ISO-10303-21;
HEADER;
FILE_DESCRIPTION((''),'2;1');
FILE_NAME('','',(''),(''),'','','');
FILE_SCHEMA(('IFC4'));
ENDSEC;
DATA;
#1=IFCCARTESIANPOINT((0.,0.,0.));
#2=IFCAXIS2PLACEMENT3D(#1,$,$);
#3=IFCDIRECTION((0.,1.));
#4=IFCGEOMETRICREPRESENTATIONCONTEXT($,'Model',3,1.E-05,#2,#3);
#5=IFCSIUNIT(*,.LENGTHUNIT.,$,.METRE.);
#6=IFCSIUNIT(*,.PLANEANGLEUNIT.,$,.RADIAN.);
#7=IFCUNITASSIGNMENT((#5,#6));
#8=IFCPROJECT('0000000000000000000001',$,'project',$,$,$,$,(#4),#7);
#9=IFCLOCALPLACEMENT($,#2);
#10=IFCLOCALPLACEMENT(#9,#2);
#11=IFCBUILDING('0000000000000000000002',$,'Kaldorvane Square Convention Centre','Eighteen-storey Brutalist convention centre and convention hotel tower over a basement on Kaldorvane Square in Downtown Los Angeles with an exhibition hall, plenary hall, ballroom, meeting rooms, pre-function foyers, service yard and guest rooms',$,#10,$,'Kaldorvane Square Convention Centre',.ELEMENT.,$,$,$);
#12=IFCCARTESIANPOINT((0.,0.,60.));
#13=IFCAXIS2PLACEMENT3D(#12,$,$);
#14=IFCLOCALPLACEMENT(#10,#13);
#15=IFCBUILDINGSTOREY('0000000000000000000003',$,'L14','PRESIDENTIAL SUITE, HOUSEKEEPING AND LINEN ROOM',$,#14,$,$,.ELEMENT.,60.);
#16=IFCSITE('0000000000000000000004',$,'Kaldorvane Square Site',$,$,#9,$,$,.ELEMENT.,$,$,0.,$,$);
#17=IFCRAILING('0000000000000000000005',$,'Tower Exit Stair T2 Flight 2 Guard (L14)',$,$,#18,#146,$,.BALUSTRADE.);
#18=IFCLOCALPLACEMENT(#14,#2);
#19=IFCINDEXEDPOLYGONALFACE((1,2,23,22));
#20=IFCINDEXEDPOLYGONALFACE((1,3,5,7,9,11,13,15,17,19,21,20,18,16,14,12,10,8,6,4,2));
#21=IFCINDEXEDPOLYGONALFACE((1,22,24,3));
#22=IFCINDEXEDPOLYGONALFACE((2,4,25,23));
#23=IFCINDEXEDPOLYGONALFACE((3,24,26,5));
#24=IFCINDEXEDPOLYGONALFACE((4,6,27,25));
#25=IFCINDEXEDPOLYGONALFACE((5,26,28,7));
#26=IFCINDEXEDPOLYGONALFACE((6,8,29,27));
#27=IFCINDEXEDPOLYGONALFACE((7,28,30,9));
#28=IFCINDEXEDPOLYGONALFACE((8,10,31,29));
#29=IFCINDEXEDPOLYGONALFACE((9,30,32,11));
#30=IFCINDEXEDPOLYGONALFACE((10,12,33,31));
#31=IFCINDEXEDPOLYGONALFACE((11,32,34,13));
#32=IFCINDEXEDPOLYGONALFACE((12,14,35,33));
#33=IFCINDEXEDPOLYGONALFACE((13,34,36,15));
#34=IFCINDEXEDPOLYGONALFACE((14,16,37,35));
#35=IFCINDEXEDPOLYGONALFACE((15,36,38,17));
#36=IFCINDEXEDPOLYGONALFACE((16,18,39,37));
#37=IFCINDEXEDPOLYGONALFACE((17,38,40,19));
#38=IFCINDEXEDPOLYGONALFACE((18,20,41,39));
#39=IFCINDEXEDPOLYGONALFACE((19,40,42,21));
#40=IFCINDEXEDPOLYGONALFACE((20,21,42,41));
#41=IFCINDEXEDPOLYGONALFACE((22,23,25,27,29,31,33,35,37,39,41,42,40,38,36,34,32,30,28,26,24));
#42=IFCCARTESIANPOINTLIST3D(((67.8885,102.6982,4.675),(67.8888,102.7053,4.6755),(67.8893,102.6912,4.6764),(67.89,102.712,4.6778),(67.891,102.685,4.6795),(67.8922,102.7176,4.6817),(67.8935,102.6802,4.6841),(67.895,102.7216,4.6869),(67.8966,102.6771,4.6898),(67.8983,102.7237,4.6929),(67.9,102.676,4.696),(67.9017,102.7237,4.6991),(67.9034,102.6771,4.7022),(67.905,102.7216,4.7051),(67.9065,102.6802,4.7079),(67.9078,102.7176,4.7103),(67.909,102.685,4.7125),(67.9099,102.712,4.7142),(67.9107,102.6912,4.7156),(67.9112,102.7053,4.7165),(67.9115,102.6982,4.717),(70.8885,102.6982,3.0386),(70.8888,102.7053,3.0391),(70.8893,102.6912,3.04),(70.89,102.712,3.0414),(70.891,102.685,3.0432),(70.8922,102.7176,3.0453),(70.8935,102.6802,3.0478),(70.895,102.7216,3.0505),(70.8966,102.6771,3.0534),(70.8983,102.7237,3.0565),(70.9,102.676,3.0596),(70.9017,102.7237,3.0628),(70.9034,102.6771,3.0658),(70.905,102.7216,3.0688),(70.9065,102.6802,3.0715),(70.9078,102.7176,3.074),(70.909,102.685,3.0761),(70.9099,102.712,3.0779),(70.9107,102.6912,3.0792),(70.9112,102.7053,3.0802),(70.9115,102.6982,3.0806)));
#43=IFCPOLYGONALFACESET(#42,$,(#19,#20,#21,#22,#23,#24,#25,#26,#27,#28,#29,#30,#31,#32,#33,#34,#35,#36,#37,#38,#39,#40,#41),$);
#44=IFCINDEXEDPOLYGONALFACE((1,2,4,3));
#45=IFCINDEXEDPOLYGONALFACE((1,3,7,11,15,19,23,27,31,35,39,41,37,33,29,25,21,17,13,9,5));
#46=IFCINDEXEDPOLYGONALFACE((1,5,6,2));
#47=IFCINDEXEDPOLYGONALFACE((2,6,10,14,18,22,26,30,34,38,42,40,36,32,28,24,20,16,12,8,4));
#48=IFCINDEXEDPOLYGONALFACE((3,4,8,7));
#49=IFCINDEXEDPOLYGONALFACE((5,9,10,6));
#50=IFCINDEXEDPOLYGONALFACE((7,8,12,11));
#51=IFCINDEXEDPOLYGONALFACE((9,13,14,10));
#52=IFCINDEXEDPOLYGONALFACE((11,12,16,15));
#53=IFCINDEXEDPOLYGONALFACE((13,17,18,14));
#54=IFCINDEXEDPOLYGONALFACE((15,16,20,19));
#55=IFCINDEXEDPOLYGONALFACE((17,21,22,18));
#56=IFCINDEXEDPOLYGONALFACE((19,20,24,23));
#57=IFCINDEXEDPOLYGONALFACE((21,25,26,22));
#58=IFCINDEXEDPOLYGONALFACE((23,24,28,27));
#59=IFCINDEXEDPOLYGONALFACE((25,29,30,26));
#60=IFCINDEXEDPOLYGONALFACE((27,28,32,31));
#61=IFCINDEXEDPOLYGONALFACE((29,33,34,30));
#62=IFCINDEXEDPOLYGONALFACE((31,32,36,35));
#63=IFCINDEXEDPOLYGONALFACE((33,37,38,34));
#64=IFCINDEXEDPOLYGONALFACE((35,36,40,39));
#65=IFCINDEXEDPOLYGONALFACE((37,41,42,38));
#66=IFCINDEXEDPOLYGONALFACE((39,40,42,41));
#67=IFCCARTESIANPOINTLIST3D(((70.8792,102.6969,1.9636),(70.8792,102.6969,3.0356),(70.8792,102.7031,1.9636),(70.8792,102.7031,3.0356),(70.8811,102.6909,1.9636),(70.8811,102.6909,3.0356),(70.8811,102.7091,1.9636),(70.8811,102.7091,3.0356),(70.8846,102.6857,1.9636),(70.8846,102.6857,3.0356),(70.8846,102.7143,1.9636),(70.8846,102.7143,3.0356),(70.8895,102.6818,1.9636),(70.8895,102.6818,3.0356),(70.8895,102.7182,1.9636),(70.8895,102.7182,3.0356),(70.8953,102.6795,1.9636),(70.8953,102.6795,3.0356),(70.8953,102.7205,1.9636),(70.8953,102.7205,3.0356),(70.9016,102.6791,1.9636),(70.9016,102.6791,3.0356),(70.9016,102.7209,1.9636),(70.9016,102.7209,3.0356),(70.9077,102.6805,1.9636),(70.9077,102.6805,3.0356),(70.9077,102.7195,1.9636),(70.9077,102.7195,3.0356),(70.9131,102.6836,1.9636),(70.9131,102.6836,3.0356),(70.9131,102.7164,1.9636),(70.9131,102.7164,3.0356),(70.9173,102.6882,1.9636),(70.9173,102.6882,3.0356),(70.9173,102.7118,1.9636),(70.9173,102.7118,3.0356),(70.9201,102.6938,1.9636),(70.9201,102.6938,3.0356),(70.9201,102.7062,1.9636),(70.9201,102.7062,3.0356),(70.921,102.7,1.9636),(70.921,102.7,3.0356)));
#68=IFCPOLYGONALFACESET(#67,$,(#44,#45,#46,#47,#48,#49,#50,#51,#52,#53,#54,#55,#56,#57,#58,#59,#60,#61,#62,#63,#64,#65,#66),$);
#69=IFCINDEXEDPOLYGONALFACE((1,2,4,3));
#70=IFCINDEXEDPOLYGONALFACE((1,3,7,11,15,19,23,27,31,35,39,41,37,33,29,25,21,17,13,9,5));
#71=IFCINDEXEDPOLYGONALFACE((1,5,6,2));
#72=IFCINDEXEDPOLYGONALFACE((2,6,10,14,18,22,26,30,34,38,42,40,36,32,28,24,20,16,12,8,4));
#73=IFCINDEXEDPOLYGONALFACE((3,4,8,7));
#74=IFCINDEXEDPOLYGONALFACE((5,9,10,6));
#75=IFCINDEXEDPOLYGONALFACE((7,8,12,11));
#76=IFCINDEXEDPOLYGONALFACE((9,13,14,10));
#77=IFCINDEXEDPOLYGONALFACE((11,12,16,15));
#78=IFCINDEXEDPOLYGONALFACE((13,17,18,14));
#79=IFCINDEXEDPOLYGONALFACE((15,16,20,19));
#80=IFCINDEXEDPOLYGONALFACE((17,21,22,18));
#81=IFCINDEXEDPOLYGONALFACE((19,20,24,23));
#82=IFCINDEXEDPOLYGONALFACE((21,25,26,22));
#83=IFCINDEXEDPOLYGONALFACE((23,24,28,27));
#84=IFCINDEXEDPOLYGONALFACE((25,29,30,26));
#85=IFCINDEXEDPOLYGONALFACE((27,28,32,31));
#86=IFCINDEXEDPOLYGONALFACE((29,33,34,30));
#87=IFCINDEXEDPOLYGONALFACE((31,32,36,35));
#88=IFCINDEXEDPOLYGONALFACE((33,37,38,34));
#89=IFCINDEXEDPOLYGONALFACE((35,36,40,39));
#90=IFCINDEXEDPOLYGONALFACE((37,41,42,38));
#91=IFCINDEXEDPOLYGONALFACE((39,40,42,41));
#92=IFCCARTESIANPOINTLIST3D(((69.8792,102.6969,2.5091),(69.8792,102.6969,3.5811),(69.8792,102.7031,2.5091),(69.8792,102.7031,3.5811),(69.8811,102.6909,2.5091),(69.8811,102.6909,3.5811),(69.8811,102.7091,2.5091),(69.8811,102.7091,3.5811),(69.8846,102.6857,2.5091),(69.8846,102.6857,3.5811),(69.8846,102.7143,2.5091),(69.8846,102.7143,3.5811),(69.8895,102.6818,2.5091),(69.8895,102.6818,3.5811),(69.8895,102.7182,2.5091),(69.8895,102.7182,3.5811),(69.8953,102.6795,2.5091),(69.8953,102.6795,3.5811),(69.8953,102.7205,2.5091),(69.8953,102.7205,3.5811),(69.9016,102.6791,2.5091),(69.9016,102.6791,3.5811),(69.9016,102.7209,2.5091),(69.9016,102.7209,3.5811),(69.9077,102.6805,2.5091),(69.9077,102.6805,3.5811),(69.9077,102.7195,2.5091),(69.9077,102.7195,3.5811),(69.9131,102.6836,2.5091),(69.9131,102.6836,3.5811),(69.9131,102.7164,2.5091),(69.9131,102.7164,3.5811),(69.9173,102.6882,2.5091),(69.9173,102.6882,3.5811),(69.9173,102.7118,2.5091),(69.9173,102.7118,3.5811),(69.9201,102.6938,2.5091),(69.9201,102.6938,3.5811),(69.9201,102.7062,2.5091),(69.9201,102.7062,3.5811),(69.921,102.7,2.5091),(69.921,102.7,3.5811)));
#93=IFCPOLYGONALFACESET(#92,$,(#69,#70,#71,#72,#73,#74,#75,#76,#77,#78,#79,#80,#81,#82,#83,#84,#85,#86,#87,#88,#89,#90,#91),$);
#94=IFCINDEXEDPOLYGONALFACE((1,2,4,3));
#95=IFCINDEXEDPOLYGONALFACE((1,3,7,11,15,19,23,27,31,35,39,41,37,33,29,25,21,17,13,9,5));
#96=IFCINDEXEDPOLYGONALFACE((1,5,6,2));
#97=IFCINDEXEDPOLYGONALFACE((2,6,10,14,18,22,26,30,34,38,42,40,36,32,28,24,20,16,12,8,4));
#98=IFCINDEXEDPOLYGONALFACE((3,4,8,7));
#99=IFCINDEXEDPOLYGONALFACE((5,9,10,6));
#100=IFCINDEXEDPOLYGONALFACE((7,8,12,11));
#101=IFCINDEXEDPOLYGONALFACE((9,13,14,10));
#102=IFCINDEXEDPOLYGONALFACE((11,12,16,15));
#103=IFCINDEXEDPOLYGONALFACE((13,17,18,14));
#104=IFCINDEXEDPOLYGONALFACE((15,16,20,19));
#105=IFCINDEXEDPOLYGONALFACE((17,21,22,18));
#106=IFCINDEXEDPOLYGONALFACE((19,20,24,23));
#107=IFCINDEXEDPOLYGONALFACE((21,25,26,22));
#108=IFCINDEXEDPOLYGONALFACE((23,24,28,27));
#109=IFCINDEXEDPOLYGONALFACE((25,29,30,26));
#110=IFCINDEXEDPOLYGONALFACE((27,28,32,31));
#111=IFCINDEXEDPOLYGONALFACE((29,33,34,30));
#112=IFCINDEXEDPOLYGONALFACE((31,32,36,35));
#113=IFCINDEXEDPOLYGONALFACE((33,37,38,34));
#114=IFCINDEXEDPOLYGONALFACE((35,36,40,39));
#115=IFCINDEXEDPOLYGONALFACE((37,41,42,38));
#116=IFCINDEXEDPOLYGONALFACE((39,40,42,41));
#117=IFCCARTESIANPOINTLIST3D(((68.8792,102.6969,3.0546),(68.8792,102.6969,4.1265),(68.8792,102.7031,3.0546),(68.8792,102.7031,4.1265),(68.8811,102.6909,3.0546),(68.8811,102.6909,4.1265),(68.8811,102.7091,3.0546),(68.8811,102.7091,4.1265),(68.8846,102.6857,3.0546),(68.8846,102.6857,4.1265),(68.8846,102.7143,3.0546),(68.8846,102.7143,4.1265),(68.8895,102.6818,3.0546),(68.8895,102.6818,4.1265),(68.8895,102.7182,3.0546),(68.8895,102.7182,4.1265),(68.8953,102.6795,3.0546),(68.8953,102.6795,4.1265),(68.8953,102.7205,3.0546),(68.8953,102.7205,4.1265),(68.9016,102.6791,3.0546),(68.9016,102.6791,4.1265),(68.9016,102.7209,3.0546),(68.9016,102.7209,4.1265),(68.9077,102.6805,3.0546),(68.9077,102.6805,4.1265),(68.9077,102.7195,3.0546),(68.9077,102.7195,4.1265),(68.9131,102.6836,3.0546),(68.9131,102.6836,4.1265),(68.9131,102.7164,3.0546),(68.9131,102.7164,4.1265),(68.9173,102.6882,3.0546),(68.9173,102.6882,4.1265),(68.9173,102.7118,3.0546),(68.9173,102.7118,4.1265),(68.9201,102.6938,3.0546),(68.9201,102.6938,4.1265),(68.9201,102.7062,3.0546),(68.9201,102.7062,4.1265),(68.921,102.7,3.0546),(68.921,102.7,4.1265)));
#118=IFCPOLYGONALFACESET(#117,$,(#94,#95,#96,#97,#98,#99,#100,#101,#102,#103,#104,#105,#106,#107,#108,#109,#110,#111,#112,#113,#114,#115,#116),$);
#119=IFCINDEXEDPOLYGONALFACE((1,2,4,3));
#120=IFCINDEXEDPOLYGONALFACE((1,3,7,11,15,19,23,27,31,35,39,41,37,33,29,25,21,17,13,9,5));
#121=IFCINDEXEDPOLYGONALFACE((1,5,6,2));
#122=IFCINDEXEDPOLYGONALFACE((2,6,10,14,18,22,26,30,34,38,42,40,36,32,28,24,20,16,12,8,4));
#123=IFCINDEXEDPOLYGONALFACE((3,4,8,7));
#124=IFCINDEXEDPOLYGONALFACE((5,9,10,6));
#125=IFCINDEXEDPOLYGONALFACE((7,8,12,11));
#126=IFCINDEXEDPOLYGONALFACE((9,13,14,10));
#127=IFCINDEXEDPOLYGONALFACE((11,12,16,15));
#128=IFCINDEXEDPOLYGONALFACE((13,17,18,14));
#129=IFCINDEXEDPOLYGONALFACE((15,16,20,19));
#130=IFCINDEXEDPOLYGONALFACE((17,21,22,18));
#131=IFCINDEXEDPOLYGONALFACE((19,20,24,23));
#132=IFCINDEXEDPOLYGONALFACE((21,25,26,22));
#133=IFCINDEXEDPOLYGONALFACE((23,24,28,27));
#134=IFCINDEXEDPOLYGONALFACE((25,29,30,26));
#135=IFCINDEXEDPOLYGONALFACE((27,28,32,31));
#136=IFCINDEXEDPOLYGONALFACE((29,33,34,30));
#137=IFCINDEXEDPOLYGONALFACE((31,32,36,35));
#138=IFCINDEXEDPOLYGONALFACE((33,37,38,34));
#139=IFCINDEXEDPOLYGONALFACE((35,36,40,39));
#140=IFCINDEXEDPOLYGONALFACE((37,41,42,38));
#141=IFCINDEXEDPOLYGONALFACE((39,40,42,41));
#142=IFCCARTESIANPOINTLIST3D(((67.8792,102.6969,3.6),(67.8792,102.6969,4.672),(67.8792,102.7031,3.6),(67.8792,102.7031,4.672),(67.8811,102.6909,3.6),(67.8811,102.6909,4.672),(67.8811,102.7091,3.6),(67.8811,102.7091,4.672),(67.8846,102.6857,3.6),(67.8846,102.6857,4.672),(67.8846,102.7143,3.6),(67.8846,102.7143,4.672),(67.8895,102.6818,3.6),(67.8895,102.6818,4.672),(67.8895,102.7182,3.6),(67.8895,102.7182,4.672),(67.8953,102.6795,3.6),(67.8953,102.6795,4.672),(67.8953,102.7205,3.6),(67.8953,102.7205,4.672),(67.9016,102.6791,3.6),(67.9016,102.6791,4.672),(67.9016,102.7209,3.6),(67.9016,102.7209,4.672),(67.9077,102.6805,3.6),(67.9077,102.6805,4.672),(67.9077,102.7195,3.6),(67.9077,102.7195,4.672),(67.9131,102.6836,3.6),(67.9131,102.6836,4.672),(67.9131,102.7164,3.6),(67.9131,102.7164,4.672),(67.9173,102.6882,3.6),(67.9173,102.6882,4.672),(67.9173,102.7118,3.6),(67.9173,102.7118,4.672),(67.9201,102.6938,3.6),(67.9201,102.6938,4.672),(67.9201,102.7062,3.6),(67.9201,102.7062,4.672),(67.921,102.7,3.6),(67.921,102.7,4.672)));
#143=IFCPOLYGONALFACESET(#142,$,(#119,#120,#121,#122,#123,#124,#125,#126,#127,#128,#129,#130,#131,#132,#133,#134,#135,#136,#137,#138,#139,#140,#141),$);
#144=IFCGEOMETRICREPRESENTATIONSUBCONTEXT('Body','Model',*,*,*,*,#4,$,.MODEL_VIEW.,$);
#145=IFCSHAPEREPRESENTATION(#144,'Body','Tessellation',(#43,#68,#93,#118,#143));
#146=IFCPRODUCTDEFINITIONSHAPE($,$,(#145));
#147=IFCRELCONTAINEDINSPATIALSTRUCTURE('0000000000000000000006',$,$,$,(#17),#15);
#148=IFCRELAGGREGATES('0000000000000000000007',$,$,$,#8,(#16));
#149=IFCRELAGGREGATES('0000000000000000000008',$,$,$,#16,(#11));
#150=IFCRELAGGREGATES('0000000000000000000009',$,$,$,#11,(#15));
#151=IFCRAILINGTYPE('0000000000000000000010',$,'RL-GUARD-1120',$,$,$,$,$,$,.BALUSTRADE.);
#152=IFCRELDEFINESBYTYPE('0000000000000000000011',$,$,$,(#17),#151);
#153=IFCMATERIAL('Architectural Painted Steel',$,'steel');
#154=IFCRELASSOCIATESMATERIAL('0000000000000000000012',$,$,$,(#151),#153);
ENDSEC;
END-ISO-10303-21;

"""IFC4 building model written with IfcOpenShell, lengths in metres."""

from ifc_helpers import new_model, si_unit, direction, frame, origin, origin_2d, place, context, subcontext, project, spatial, circle, extrude, material, type_object, element, save


model = new_model("IFC4")

# Units and contexts
model_context = context("Model", 3, precision=1e-05, world=origin(), true_north=direction((0.0, 1.0)))
body_context = subcontext(model_context, "Body", "Model", "MODEL_VIEW")
ifc_project = project(units=[si_unit("LENGTHUNIT", "METRE"), si_unit("PLANEANGLEUNIT", "RADIAN")], contexts=[model_context])

# Site, building, storey
site_placement = place(None, origin())
site = spatial("IfcSite", under=ifc_project, at=site_placement, Name="Kaldorvane Square Site", CompositionType="ELEMENT", RefElevation=0.0)
building_placement = place(site_placement, origin())
building = spatial("IfcBuilding", under=site, at=building_placement, Name="Kaldorvane Square Convention Centre", Description="Eighteen-storey Brutalist convention centre and convention hotel tower over a basement on Kaldorvane Square in Downtown Los Angeles with an exhibition hall, plenary hall, ballroom, meeting rooms, pre-function foyers, service yard and guest rooms", LongName="Kaldorvane Square Convention Centre", CompositionType="ELEMENT")
storey_placement = place(building_placement, frame((0.0, 0.0, 60.0)))
storey = spatial("IfcBuildingStorey", under=building, at=storey_placement, Name="L14", Description="PRESIDENTIAL SUITE, HOUSEKEEPING AND LINEN ROOM", CompositionType="ELEMENT", Elevation=60.0)

# Railing
ifc_material_1 = material(Name="Architectural Painted Steel", Category="steel")
railing_type = type_object("IfcRailingType", Name="RL-GUARD-1120", PredefinedType="BALUSTRADE", material=ifc_material_1)
railing_1_placement = place(storey_placement, frame((70.9, 102.7, 1.9636)))
element("IfcRailing", 1, at=railing_1_placement, inside=storey, type_object=railing_type, Name="Tower Exit Stair T2 Flight 2 Guard (L14)", PredefinedType="BALUSTRADE", context=body_context, shape_type="SweptSolid", body=[
    extrude(circle(Radius=0.024, at=origin_2d()), frame((0.0, 0.0, 1.096), z_axis=(-0.877895, 0.0, 0.478853), x_axis=(0.0, -1.0, 0.0)), (0.0, 0.0, 1.0), 3.4173),
    extrude(circle(Radius=0.021, at=origin_2d()), origin(), (0.0, 0.0, 1.0), 1.072),
    extrude(circle(Radius=0.021, at=origin_2d()), frame((-1.0, 0.0, 0.5455)), (0.0, 0.0, 1.0), 1.072),
    extrude(circle(Radius=0.021, at=origin_2d()), frame((-2.0, 0.0, 1.0909)), (0.0, 0.0, 1.0), 1.072),
    extrude(circle(Radius=0.021, at=origin_2d()), frame((-3.0, 0.0, 1.6364)), (0.0, 0.0, 1.0), 1.072),
])

save(model, "model.ifc")
